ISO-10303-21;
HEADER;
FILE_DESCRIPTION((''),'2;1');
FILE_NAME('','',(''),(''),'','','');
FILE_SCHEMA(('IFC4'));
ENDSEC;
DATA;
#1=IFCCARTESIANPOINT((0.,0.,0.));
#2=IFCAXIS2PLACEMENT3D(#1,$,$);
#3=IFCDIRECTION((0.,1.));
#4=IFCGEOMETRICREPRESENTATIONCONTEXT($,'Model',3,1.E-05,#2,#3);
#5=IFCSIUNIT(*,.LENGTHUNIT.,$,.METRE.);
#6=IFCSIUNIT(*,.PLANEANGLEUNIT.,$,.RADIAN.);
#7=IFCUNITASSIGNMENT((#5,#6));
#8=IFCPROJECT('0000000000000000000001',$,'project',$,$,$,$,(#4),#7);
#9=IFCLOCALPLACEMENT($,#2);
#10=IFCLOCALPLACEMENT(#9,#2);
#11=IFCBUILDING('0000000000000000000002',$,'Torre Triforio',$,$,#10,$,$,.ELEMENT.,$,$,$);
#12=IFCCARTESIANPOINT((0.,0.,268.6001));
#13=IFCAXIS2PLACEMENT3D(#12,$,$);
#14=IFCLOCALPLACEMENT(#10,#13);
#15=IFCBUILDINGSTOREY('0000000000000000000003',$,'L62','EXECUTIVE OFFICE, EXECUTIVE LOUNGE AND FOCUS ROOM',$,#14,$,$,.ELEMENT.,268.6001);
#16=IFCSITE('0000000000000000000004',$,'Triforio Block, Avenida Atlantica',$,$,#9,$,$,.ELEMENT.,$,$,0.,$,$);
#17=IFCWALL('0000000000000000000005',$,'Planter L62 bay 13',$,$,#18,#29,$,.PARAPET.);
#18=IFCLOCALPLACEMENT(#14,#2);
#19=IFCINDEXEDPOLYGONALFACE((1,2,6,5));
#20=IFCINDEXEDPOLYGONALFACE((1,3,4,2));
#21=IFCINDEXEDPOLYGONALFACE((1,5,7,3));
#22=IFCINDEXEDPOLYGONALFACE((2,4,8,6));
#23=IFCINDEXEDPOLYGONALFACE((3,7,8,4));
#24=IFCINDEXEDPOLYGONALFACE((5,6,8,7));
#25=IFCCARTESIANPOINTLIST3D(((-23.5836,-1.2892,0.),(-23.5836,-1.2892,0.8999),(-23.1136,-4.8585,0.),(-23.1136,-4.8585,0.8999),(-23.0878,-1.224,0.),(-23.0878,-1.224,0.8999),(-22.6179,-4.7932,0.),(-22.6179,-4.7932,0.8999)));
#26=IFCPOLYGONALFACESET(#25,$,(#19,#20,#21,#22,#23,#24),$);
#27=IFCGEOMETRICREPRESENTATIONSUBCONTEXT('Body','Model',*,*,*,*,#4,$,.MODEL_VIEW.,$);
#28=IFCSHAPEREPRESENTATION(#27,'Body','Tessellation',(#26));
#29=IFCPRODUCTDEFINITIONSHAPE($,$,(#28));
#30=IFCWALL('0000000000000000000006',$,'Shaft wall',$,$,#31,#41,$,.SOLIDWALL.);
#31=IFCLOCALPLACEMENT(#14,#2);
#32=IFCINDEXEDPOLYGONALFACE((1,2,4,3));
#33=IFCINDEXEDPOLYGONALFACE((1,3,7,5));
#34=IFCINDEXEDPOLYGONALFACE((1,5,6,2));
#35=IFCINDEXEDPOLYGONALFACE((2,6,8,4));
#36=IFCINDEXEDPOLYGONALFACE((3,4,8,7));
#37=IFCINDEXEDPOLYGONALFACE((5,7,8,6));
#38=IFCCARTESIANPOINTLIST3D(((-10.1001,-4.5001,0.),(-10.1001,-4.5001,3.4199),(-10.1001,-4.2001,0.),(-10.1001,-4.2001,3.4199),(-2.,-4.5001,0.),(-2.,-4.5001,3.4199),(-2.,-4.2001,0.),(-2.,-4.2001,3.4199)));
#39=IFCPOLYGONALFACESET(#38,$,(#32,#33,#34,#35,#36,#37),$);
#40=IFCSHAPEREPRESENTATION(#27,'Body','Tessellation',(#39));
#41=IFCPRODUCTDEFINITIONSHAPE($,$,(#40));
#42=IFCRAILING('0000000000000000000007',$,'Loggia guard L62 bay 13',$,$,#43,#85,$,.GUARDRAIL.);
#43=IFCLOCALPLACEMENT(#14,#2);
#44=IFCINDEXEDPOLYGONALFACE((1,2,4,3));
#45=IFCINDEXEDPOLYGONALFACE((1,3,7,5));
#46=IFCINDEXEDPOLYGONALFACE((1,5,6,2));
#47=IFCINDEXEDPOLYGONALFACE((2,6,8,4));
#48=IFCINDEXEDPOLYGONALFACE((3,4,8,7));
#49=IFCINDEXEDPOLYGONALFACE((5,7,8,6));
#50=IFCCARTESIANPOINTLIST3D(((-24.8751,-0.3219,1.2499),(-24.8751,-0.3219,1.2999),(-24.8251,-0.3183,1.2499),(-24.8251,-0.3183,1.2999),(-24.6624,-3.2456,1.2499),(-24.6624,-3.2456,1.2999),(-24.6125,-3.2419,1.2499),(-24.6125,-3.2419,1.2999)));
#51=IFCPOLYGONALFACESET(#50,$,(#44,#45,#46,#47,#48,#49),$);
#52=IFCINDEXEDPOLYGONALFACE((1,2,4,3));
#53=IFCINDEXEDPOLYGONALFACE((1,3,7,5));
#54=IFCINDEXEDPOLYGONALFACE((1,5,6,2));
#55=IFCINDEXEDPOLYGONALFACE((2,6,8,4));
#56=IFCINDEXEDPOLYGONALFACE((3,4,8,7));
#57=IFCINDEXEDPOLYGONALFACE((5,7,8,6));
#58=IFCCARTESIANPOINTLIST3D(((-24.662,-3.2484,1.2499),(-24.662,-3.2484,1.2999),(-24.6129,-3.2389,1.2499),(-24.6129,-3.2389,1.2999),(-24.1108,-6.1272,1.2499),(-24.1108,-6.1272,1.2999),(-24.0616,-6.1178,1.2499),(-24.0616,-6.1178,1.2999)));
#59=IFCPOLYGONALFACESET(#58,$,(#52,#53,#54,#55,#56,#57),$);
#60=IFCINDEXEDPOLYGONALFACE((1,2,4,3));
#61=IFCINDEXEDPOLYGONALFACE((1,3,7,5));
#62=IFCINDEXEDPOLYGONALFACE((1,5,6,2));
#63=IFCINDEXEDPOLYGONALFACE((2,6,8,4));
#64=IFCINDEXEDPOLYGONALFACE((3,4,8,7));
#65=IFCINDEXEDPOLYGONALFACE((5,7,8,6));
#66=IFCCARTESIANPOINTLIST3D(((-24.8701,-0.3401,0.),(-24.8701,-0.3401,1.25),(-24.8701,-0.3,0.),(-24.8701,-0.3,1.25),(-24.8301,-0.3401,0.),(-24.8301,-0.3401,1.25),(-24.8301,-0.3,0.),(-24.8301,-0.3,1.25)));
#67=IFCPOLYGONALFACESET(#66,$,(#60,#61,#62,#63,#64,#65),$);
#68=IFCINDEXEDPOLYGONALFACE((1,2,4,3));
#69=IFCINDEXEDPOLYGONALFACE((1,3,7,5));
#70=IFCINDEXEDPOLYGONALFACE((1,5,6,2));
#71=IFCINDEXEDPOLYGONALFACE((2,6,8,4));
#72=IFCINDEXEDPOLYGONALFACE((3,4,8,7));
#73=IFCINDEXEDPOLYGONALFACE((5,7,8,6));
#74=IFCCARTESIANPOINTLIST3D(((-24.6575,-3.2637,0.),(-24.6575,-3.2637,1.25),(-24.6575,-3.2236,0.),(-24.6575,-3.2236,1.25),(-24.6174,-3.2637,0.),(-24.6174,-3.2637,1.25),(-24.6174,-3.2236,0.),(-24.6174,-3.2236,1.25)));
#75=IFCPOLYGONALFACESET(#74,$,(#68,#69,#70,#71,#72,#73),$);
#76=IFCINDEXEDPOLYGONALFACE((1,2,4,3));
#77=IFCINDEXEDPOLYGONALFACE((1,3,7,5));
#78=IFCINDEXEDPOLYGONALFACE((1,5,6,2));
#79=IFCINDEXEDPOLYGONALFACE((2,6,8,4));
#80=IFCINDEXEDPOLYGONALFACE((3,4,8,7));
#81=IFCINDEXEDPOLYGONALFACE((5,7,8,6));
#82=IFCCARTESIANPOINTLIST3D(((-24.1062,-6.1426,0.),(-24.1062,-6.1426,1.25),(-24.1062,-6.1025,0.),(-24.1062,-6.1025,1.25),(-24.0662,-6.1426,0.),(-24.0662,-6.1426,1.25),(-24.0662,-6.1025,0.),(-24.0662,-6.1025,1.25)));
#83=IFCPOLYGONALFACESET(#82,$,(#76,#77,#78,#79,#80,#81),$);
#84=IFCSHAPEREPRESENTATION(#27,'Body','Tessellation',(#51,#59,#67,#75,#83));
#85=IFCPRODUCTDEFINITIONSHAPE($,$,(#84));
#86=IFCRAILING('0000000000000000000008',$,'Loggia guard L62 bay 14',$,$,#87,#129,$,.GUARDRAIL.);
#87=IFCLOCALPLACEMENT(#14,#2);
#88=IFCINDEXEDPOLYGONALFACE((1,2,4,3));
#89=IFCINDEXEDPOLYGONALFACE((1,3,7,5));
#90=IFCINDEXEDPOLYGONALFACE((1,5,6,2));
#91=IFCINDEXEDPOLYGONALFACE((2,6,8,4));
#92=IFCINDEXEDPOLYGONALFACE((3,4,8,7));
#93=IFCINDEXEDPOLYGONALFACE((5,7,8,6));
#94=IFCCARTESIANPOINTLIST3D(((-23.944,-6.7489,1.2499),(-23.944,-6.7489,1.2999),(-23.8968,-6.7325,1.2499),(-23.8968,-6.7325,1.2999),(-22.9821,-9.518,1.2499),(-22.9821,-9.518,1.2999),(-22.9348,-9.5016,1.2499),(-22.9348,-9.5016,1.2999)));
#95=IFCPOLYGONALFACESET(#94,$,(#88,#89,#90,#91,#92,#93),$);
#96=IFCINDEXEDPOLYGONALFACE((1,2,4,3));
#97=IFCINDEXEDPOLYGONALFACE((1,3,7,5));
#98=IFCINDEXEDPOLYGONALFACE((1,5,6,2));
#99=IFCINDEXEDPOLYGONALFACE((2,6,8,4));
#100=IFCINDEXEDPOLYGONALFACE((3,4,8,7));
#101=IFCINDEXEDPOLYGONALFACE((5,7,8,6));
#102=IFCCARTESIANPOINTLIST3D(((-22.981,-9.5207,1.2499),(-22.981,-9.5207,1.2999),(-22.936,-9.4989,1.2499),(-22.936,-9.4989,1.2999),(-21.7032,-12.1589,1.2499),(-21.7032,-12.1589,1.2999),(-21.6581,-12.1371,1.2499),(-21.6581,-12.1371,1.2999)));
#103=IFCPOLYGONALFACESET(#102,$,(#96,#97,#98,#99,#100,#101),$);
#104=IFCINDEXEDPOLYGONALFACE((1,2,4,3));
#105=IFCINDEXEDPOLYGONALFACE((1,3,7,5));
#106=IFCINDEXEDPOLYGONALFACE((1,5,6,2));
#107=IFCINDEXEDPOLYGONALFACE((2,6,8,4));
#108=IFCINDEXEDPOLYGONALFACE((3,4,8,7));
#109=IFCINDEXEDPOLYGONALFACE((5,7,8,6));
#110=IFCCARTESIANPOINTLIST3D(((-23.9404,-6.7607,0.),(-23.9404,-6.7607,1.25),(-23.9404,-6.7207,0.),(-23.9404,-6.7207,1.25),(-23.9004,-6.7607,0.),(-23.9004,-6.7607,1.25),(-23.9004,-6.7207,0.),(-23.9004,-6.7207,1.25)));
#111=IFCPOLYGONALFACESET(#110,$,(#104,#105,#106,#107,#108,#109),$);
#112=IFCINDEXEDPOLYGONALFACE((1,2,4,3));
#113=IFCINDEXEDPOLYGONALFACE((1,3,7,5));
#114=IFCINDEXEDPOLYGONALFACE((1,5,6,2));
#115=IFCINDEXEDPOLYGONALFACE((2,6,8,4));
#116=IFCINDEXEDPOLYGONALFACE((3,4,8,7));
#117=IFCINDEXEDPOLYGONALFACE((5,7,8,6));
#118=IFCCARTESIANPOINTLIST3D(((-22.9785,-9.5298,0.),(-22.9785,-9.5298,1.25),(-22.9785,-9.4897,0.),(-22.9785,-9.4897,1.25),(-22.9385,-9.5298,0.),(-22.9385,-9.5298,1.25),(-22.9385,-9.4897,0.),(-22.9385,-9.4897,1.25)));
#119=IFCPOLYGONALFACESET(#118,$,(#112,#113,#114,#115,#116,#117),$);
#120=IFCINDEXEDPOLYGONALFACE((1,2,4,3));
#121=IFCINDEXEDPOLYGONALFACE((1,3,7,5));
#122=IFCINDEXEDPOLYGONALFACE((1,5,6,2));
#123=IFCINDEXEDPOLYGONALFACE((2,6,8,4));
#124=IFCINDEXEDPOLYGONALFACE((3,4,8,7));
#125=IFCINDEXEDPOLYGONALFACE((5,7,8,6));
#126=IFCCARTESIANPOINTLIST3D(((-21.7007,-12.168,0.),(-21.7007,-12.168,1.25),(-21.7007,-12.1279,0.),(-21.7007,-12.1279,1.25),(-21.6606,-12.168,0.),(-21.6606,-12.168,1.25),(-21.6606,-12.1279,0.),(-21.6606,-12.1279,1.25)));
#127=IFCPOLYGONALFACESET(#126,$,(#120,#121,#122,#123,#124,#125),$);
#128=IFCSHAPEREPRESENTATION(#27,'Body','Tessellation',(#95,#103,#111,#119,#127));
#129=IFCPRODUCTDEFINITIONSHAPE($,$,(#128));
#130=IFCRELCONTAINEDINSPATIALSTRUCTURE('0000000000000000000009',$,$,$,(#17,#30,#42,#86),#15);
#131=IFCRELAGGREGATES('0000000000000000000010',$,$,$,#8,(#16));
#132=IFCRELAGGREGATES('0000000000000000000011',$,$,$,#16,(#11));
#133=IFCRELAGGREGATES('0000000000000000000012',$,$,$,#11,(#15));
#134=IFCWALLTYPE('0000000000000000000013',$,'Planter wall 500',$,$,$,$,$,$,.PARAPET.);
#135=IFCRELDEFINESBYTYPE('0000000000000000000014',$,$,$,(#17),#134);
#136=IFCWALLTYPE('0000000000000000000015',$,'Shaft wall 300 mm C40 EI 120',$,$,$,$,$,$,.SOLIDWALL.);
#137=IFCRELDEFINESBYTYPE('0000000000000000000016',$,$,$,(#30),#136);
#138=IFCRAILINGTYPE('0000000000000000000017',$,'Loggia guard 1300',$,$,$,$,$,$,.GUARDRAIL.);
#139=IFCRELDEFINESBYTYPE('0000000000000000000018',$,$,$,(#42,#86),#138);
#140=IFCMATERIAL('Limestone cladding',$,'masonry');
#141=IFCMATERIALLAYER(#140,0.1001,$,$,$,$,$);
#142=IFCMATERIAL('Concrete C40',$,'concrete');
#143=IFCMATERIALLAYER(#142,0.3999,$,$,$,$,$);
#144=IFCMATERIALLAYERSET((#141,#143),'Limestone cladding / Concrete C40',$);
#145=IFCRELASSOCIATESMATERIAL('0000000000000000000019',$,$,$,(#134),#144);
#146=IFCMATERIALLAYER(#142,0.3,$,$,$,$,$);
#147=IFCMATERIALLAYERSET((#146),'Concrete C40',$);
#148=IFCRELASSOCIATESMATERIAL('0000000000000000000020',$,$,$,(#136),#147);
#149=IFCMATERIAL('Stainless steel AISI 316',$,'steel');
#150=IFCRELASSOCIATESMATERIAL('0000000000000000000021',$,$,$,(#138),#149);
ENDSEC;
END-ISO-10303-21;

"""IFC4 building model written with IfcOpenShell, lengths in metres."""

from ifc_helpers import new_model, si_unit, direction, frame, frame_2d, origin, origin_2d, place, context, subcontext, project, spatial, rectangle, extrude, material, layer, layer_set, type_object, element, save


model = new_model("IFC4")

# Units and contexts
model_context = context("Model", 3, precision=1e-05, world=origin(), true_north=direction((0.0, 1.0)))
body_context = subcontext(model_context, "Body", "Model", "MODEL_VIEW")
ifc_project = project(units=[si_unit("LENGTHUNIT", "METRE"), si_unit("PLANEANGLEUNIT", "RADIAN")], contexts=[model_context])

# Site, building, storey
site_placement = place(None, origin())
site = spatial("IfcSite", under=ifc_project, at=site_placement, Name="Triforio Block, Avenida Atlantica", CompositionType="ELEMENT", RefElevation=0.0)
building_placement = place(site_placement, origin())
building = spatial("IfcBuilding", under=site, at=building_placement, Name="Torre Triforio", CompositionType="ELEMENT")
storey_placement = place(building_placement, frame((0.0, 0.0, 268.6001)))
storey = spatial("IfcBuildingStorey", under=building, at=storey_placement, Name="L62", Description="EXECUTIVE OFFICE, EXECUTIVE LOUNGE AND FOCUS ROOM", CompositionType="ELEMENT", Elevation=268.6001)

# Shared definitions
ifc_material_1 = material(Name="Concrete C40", Category="concrete")

# Walls
ifc_material_2 = material(Name="Limestone cladding", Category="masonry")
ifc_layer_1 = layer(ifc_material_2, 0.1001)
ifc_layer_2 = layer(ifc_material_1, 0.3999)
ifc_layer_set_1 = layer_set([ifc_layer_1, ifc_layer_2], Name="Limestone cladding / Concrete C40")
wall_type_1 = type_object("IfcWallType", Name="Planter wall 500", PredefinedType="PARAPET", material=ifc_layer_set_1)
wall_1_placement = place(storey_placement, frame((-23.3357, -1.2566, 0.0), z_axis=(0.0, 0.0, 1.0), x_axis=(0.130542, -0.991443, 0.0)))
element("IfcWall", 1, at=wall_1_placement, inside=storey, type_object=wall_type_1, Name="Planter L62 bay 13", PredefinedType="PARAPET", context=body_context, shape_type="SweptSolid", body=[
    extrude(rectangle(XDim=3.6001, YDim=0.5, at=frame_2d((1.8, 0.0))), origin(), (0.0, 0.0, 1.0), 0.8999),
])
ifc_layer_3 = layer(ifc_material_1, 0.3)
ifc_layer_set_2 = layer_set([ifc_layer_3], Name="Concrete C40")
wall_type_2 = type_object("IfcWallType", Name="Shaft wall 300 mm C40 EI 120", PredefinedType="SOLIDWALL", material=ifc_layer_set_2)
wall_2_placement = place(storey_placement, frame((-10.1001, -4.3501, 0.0), z_axis=(0.0, 0.0, 1.0), x_axis=(1.0, 0.0, 0.0)))
element("IfcWall", 2, at=wall_2_placement, inside=storey, type_object=wall_type_2, Name="Shaft wall", PredefinedType="SOLIDWALL", context=body_context, shape_type="SweptSolid", body=[
    extrude(rectangle(XDim=8.1001, YDim=0.3, at=frame_2d((4.05, 0.0))), origin(), (0.0, 0.0, 1.0), 3.4199),
])

# Railings
ifc_material_3 = material(Name="Stainless steel AISI 316", Category="steel")
railing_type = type_object("IfcRailingType", Name="Loggia guard 1300", PredefinedType="GUARDRAIL", material=ifc_material_3)
railing_1_placement = place(storey_placement, frame((-24.8501, -0.3201, 0.0)))
element("IfcRailing", 3, at=railing_1_placement, inside=storey, type_object=railing_type, Name="Loggia guard L62 bay 13", PredefinedType="GUARDRAIL", context=body_context, shape_type="SweptSolid", body=[
    extrude(rectangle(XDim=0.05, YDim=0.05, at=origin_2d()), frame((0.0, 0.0, 1.2749), z_axis=(0.072543, -0.997365, 0.0), x_axis=(0.997365, 0.072543, 0.0)), (0.0, 0.0, 1.0), 2.9314),
    extrude(rectangle(XDim=0.05, YDim=0.05, at=origin_2d()), frame((0.2126, -2.9236, 1.2749), z_axis=(0.188069, -0.982156, 0.0), x_axis=(0.982156, 0.188069, 0.0)), (0.0, 0.0, 1.0), 2.9312),
    extrude(rectangle(XDim=0.04, YDim=0.04, at=origin_2d()), origin(), (0.0, 0.0, 1.0), 1.25),
    extrude(rectangle(XDim=0.04, YDim=0.04, at=origin_2d()), frame((0.2126, -2.9236, 0.0)), (0.0, 0.0, 1.0), 1.25),
    extrude(rectangle(XDim=0.04, YDim=0.04, at=origin_2d()), frame((0.7639, -5.8025, 0.0)), (0.0, 0.0, 1.0), 1.25),
])
railing_2_placement = place(storey_placement, frame((-23.9204, -6.7407, 0.0)))
element("IfcRailing", 4, at=railing_2_placement, inside=storey, type_object=railing_type, Name="Loggia guard L62 bay 14", PredefinedType="GUARDRAIL", context=body_context, shape_type="SweptSolid", body=[
    extrude(rectangle(XDim=0.05, YDim=0.05, at=origin_2d()), frame((0.0, 0.0, 1.2749), z_axis=(0.328146, -0.944627, 0.0), x_axis=(0.944627, 0.328146, 0.0)), (0.0, 0.0, 1.0), 2.9314),
    extrude(rectangle(XDim=0.05, YDim=0.05, at=origin_2d()), frame((0.9619, -2.769, 1.2749), z_axis=(0.435918, -0.899986, 0.0), x_axis=(0.899986, 0.435918, 0.0)), (0.0, 0.0, 1.0), 2.9314),
    extrude(rectangle(XDim=0.04, YDim=0.04, at=origin_2d()), origin(), (0.0, 0.0, 1.0), 1.25),
    extrude(rectangle(XDim=0.04, YDim=0.04, at=origin_2d()), frame((0.9619, -2.769, 0.0)), (0.0, 0.0, 1.0), 1.25),
    extrude(rectangle(XDim=0.04, YDim=0.04, at=origin_2d()), frame((2.2397, -5.4072, 0.0)), (0.0, 0.0, 1.0), 1.25),
])

save(model, "model.ifc")
